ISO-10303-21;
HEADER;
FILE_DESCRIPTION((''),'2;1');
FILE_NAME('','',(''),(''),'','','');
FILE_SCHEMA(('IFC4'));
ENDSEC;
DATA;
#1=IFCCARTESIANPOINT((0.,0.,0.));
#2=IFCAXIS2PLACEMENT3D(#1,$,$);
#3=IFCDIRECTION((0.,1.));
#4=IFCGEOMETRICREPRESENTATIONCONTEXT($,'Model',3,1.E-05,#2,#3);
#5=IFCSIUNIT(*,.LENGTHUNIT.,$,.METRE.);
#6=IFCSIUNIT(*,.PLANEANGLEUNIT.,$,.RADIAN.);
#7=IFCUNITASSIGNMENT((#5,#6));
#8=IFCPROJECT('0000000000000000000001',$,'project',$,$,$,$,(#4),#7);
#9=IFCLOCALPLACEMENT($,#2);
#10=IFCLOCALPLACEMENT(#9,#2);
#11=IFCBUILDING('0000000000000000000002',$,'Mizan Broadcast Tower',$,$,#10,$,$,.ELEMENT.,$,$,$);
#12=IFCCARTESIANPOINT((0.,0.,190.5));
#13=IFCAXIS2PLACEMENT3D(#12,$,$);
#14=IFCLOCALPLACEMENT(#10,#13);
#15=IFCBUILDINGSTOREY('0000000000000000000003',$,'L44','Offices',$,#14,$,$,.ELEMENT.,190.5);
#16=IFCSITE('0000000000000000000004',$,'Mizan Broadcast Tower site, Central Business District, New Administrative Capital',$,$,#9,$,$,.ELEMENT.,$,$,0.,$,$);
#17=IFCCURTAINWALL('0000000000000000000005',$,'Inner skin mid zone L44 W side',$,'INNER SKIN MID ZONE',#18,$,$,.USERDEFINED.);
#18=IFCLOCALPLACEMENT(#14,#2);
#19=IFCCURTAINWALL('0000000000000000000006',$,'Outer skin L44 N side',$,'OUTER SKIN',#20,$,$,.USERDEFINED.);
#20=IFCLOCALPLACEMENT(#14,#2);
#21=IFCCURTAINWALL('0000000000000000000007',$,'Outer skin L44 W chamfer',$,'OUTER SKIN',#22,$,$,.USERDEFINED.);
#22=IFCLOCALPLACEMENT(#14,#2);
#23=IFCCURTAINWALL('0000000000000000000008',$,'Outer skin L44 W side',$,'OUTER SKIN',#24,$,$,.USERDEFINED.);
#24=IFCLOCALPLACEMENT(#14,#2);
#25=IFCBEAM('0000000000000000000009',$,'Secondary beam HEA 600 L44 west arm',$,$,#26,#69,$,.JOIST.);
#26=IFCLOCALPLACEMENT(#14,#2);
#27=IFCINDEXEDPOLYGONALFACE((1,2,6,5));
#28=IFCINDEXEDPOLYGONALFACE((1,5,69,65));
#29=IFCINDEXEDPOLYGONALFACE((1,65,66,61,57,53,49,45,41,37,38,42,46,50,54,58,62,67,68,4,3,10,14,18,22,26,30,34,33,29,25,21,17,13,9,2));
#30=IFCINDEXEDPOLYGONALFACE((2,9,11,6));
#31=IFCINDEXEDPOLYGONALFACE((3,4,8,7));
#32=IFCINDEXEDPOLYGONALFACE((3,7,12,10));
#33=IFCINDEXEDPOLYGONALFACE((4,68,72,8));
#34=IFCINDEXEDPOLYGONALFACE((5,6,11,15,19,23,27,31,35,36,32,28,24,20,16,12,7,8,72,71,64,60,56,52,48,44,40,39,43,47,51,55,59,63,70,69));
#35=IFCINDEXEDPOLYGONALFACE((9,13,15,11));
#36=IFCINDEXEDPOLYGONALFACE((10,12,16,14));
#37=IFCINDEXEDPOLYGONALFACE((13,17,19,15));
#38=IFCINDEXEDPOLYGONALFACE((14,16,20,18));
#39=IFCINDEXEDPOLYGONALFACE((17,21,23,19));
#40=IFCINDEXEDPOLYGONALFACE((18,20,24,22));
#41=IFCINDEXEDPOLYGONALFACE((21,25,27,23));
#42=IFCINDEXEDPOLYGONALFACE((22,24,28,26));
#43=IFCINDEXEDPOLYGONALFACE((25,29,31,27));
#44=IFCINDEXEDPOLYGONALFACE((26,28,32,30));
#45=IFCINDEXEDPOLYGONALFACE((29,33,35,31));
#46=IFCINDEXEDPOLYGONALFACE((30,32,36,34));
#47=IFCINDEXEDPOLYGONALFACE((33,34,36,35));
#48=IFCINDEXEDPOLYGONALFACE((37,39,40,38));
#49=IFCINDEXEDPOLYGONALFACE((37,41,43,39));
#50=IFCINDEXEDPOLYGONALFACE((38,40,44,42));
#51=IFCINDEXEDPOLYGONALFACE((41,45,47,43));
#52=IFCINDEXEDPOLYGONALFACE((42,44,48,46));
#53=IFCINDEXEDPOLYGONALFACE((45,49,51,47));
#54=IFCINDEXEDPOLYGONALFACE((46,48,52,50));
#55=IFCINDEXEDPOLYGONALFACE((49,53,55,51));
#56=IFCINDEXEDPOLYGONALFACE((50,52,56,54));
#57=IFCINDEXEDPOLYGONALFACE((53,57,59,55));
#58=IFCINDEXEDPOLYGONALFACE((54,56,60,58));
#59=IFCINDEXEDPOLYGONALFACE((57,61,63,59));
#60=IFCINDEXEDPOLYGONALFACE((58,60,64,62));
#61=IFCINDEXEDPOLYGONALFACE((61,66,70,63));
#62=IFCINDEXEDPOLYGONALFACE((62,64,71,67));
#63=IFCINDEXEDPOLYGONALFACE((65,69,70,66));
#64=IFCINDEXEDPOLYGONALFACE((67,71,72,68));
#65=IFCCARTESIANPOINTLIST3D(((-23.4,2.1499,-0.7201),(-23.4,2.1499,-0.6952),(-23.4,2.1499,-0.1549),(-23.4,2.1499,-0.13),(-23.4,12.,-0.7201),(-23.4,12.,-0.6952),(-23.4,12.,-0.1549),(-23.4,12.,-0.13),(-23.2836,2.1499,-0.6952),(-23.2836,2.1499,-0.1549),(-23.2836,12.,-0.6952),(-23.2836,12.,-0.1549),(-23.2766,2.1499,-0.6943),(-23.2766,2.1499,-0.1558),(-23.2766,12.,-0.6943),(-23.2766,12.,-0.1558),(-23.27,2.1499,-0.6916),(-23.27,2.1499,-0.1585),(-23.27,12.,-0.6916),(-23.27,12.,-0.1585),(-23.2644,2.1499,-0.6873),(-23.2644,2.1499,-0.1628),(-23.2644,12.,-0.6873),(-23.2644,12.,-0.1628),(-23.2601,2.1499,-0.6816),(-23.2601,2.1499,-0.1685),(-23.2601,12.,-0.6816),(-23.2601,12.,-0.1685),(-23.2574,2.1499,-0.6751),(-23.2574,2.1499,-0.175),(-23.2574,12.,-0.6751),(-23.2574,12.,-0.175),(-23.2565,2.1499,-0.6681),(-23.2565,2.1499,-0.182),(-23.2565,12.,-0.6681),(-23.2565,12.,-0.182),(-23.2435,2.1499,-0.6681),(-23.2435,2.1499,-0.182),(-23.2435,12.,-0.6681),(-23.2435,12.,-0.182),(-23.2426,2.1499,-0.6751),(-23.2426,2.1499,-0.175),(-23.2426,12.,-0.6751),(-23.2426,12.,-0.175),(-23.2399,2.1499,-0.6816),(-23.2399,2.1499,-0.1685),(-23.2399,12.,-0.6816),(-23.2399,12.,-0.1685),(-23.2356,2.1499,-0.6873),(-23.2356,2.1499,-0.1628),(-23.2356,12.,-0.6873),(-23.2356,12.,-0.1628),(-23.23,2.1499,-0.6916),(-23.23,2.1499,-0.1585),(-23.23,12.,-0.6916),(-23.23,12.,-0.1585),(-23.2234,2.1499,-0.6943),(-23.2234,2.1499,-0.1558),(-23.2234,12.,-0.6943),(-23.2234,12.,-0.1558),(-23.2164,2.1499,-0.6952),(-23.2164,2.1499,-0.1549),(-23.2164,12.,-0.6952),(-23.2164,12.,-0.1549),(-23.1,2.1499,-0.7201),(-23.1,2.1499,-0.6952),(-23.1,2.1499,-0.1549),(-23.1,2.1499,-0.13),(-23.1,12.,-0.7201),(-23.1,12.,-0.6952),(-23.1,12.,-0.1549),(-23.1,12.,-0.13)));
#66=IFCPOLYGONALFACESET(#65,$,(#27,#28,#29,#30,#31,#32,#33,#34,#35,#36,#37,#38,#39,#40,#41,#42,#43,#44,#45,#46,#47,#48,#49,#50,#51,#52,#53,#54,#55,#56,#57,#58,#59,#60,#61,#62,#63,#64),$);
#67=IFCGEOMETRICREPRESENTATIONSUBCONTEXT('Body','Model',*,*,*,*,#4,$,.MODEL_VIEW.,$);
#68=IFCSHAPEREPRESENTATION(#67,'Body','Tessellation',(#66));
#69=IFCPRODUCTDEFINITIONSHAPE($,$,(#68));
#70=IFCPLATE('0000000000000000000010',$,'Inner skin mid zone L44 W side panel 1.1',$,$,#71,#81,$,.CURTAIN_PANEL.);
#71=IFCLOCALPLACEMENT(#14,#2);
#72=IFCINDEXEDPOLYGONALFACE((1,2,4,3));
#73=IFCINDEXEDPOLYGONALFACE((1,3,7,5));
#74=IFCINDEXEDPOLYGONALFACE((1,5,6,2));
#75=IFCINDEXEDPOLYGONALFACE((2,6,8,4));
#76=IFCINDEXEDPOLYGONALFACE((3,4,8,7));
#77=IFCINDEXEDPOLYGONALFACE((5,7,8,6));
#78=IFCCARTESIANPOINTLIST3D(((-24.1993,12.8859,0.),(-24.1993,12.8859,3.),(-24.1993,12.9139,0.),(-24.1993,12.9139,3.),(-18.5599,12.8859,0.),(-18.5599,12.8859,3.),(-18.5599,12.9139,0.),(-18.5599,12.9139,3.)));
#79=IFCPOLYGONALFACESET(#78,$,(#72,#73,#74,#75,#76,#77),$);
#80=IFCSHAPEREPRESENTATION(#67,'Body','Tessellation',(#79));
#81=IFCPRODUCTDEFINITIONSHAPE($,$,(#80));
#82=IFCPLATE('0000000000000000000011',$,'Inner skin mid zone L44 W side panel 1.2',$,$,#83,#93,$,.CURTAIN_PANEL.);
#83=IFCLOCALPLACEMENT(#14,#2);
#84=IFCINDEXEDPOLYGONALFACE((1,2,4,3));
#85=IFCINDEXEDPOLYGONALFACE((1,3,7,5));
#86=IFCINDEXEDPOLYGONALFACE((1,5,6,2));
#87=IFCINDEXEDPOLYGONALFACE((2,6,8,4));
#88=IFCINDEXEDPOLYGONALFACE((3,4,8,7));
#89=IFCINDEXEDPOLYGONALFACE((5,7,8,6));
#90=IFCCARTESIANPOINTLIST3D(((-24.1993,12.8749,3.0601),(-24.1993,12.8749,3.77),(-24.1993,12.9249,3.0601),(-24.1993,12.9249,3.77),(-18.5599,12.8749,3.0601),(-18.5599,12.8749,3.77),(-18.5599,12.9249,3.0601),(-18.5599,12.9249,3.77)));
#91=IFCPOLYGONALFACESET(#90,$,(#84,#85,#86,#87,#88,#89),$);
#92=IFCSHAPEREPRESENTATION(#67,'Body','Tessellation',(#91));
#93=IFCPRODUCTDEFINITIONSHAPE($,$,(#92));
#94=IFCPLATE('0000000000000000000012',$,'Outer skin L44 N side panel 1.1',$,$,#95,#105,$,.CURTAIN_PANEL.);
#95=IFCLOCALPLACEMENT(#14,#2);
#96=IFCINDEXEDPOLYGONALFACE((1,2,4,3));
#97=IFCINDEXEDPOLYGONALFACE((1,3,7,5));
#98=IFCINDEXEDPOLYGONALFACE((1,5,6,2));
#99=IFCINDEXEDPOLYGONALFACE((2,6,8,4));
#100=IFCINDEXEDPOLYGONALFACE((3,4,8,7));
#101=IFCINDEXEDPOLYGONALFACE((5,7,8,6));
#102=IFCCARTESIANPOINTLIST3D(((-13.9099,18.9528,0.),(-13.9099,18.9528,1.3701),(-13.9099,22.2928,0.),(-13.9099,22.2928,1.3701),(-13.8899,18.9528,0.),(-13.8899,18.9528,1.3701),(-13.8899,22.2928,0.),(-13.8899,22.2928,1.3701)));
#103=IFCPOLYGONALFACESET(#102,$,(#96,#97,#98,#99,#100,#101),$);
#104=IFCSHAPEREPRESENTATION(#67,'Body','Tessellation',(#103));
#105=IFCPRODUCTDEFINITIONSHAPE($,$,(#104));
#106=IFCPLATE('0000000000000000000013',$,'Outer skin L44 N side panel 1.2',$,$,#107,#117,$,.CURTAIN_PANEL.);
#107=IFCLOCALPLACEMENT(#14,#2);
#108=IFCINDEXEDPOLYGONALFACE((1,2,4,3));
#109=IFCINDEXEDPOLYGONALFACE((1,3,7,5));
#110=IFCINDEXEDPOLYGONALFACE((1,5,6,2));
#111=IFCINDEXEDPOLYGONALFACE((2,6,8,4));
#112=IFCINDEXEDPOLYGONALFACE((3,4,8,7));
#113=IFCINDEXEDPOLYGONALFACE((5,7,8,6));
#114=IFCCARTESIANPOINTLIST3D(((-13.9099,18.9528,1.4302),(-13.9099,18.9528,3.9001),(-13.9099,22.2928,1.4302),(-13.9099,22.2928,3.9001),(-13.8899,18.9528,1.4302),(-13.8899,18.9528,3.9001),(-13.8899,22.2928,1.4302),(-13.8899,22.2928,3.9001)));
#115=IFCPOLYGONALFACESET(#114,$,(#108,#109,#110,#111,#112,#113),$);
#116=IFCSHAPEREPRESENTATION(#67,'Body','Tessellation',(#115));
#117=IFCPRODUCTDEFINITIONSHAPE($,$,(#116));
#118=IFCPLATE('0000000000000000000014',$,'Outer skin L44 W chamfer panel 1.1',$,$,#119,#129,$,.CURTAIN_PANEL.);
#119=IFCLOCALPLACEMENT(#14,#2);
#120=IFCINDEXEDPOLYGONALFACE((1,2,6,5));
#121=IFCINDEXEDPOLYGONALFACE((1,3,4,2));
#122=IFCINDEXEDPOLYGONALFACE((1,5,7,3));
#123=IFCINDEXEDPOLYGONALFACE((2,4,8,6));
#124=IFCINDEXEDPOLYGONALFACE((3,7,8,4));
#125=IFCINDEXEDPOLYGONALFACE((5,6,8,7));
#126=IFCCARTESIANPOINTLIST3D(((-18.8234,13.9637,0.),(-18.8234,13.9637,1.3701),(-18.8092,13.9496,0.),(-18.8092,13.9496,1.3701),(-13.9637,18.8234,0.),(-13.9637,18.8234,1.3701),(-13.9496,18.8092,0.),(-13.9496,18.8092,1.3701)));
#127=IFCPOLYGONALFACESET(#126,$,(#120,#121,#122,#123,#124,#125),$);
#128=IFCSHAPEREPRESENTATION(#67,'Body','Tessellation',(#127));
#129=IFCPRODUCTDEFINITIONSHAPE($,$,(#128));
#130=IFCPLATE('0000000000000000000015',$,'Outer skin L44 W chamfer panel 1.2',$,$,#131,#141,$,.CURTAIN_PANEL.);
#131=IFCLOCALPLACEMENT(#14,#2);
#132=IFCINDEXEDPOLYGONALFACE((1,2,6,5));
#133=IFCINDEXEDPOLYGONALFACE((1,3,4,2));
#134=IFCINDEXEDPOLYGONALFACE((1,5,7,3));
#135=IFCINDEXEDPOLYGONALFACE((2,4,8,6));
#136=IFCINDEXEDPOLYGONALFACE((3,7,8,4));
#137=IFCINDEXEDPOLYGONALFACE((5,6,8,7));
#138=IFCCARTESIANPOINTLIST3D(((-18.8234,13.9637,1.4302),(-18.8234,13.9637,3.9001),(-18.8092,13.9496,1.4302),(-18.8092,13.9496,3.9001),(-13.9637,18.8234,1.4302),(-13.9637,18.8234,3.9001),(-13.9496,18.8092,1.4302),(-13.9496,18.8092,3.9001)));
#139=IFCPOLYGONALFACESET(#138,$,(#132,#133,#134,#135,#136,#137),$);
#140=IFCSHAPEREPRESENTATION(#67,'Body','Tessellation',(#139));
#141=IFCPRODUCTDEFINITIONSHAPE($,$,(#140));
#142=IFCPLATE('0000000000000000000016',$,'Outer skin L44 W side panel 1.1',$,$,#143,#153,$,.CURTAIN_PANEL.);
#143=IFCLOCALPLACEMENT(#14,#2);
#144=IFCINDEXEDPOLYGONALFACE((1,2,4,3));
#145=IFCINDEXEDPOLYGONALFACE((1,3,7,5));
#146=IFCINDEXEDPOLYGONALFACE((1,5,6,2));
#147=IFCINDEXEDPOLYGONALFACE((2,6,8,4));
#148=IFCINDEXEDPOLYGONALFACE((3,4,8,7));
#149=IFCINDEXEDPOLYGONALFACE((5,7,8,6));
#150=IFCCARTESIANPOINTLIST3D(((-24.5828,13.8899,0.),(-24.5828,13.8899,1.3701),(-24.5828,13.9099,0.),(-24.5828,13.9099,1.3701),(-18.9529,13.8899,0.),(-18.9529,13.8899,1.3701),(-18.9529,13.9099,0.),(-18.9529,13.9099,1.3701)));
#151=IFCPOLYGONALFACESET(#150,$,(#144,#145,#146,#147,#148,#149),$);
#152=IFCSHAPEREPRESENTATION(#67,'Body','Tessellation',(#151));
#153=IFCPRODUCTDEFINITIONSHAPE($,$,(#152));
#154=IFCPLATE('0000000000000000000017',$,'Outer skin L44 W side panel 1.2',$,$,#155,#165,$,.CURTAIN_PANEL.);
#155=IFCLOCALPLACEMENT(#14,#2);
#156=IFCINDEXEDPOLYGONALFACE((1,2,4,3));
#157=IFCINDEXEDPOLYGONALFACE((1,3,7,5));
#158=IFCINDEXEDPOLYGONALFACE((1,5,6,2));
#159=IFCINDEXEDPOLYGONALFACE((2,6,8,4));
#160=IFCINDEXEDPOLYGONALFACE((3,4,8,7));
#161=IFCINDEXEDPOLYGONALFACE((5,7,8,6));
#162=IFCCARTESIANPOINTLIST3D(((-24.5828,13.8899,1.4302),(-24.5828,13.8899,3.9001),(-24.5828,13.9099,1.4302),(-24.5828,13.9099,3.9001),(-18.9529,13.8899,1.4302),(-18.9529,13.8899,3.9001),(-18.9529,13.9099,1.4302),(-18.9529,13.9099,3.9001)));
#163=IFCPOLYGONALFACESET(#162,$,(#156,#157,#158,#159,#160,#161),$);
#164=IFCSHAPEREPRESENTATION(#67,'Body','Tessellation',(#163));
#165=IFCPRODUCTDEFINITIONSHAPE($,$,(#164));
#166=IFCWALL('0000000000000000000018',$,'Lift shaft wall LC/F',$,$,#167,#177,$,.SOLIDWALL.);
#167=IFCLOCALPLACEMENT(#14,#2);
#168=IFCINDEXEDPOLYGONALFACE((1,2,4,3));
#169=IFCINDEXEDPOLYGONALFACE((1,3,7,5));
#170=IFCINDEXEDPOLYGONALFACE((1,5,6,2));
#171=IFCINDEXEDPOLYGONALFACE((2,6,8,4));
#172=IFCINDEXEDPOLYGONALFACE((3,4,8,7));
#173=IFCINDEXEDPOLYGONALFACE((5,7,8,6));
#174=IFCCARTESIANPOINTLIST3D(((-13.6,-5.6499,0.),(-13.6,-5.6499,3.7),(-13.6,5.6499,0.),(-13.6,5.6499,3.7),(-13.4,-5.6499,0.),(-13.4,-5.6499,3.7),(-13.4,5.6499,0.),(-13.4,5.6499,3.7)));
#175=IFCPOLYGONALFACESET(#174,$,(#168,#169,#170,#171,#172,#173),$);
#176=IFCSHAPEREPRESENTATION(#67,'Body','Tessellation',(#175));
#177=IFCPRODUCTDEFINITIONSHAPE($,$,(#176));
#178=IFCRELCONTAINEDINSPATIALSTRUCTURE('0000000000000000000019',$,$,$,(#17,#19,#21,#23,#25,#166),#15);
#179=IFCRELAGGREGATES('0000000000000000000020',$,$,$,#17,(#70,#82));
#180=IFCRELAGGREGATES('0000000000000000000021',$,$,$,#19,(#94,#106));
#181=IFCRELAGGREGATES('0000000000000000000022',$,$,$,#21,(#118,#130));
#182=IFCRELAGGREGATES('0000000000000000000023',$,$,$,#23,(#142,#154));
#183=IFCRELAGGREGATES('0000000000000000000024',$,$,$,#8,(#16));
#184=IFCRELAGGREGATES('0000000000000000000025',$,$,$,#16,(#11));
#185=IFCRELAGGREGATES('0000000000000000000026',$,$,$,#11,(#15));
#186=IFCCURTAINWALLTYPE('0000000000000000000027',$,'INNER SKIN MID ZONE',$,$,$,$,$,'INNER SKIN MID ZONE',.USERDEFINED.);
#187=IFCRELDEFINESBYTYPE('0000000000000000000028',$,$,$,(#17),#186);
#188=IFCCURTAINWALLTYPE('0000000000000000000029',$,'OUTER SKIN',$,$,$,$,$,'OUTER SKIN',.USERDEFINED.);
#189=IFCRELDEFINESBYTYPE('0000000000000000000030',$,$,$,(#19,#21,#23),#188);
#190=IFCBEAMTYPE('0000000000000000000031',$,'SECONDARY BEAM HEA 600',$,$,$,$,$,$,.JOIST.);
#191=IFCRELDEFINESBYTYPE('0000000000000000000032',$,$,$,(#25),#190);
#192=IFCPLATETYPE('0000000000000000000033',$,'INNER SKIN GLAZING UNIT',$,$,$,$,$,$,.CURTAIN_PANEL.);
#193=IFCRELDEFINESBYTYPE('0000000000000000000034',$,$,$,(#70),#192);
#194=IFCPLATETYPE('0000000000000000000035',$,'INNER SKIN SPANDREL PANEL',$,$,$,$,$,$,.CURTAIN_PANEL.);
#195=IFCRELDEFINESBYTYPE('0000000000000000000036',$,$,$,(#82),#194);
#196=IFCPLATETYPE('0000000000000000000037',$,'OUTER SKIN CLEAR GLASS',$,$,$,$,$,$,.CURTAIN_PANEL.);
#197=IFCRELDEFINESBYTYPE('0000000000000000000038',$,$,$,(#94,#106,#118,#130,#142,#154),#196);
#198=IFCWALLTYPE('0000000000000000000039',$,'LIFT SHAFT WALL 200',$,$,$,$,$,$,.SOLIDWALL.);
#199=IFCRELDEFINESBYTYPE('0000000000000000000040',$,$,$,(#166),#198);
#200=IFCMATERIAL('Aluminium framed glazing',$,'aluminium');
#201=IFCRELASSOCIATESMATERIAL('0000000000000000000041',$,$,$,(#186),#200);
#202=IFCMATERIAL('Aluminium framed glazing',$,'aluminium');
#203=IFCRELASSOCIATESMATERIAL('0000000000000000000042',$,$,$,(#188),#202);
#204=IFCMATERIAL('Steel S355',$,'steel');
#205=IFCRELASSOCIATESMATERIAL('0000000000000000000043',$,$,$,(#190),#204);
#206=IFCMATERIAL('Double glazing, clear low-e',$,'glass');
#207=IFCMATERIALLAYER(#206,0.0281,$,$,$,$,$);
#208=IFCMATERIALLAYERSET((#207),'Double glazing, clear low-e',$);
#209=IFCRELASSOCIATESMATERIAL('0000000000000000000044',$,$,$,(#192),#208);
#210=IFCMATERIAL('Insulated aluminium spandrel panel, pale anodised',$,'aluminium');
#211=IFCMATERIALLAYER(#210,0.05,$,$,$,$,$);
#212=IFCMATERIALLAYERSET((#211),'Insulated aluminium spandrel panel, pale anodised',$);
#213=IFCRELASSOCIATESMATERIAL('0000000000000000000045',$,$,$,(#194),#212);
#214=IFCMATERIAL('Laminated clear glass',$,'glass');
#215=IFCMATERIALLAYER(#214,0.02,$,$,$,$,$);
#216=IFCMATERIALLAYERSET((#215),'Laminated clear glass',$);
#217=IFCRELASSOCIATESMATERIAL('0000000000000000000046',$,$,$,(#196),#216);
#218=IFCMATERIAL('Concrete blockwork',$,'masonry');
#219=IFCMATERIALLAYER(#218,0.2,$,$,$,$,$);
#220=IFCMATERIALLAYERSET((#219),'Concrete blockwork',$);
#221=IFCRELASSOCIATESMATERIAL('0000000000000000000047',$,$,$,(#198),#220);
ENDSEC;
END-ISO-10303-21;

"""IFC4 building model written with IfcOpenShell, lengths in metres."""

from ifc_helpers import new_model, si_unit, direction, frame, frame_2d, origin, origin_2d, place, context, subcontext, project, spatial, rectangle, i_section, extrude, material, layer, layer_set, material_profile, profile_set, type_object, element, aggregate, save


model = new_model("IFC4")

# Units and contexts
model_context = context("Model", 3, precision=1e-05, world=origin(), true_north=direction((0.0, 1.0)))
body_context = subcontext(model_context, "Body", "Model", "MODEL_VIEW")
ifc_project = project(units=[si_unit("LENGTHUNIT", "METRE"), si_unit("PLANEANGLEUNIT", "RADIAN")], contexts=[model_context])

# Site, building, storey
site_placement = place(None, origin())
site = spatial("IfcSite", under=ifc_project, at=site_placement, Name="Mizan Broadcast Tower site, Central Business District, New Administrative Capital", CompositionType="ELEMENT", RefElevation=0.0)
building_placement = place(site_placement, origin())
building = spatial("IfcBuilding", under=site, at=building_placement, Name="Mizan Broadcast Tower", CompositionType="ELEMENT")
storey_placement = place(building_placement, frame((0.0, 0.0, 190.5)))
storey = spatial("IfcBuildingStorey", under=building, at=storey_placement, Name="L44", Description="Offices", CompositionType="ELEMENT", Elevation=190.5)

# Curtain wall
ifc_material_1 = material(Name="Aluminium framed glazing", Category="aluminium")
curtain_wall_type_1 = type_object("IfcCurtainWallType", Name="INNER SKIN MID ZONE", ElementType="INNER SKIN MID ZONE", PredefinedType="USERDEFINED", material=ifc_material_1)
curtain_wall_1_placement = place(storey_placement, origin())
curtain_wall_1 = element("IfcCurtainWall", 1, at=curtain_wall_1_placement, inside=storey, type_object=curtain_wall_type_1, Name="Inner skin mid zone L44 W side", ObjectType="INNER SKIN MID ZONE", PredefinedType="USERDEFINED")

# Curtain walls
ifc_material_2 = material(Name="Aluminium framed glazing", Category="aluminium")
curtain_wall_type_2 = type_object("IfcCurtainWallType", Name="OUTER SKIN", ElementType="OUTER SKIN", PredefinedType="USERDEFINED", material=ifc_material_2)
curtain_wall_2_placement = place(storey_placement, origin())
curtain_wall_2 = element("IfcCurtainWall", 2, at=curtain_wall_2_placement, inside=storey, type_object=curtain_wall_type_2, Name="Outer skin L44 N side", ObjectType="OUTER SKIN", PredefinedType="USERDEFINED")
curtain_wall_3_placement = place(storey_placement, origin())
curtain_wall_3 = element("IfcCurtainWall", 3, at=curtain_wall_3_placement, inside=storey, type_object=curtain_wall_type_2, Name="Outer skin L44 W chamfer", ObjectType="OUTER SKIN", PredefinedType="USERDEFINED")
curtain_wall_4_placement = place(storey_placement, origin())
curtain_wall_4 = element("IfcCurtainWall", 4, at=curtain_wall_4_placement, inside=storey, type_object=curtain_wall_type_2, Name="Outer skin L44 W side", ObjectType="OUTER SKIN", PredefinedType="USERDEFINED")

# Beam
ifc_material_3 = material(Name="Steel S355", Category="steel")
ifc_material_profile_1 = material_profile(ifc_material_3, i_section(OverallWidth=0.3, OverallDepth=0.5901, WebThickness=0.0129, FlangeThickness=0.0249, FilletRadius=0.0271, at=origin_2d()), Name="HEA 600")
ifc_profile_set_1 = profile_set([ifc_material_profile_1], Name="Steel S355")
beam_type_1 = type_object("IfcBeamType", Name="SECONDARY BEAM HEA 600", PredefinedType="JOIST", material=ifc_profile_set_1)
for number, where, z_axis, x_axis, name in (
    (5, (-23.25, 12.0, -0.425), (0.0, -1.0, 0.0), (1.0, 0.0, 0.0), "Secondary beam HEA 600 L44 west arm"),
):
    element("IfcBeam", number, at=place(storey_placement, frame(where, z_axis=z_axis, x_axis=x_axis)), inside=storey, type_object=beam_type_1, Name=name, PredefinedType="JOIST", context=body_context, shape_type="SweptSolid", body=[
        extrude(i_section(OverallWidth=0.3, OverallDepth=0.5901, WebThickness=0.0129, FlangeThickness=0.0249, FilletRadius=0.0271, at=origin_2d()), origin(), (0.0, 0.0, 1.0), 9.8501),
    ])

# Plates
ifc_material_4 = material(Name="Double glazing, clear low-e", Category="glass")
ifc_layer_1 = layer(ifc_material_4, 0.0281)
ifc_layer_set_1 = layer_set([ifc_layer_1], Name="Double glazing, clear low-e")
plate_type_1 = type_object("IfcPlateType", Name="INNER SKIN GLAZING UNIT", PredefinedType="CURTAIN_PANEL", material=ifc_layer_set_1)
plate_1_placement = place(storey_placement, frame((-21.3796, 12.8999, 0.0), z_axis=(0.0, 0.0, 1.0), x_axis=(-1.0, 0.0, 0.0)))
plate_1 = element("IfcPlate", 6, at=plate_1_placement, type_object=plate_type_1, Name="Inner skin mid zone L44 W side panel 1.1", PredefinedType="CURTAIN_PANEL", context=body_context, shape_type="SweptSolid", body=[
    extrude(rectangle(XDim=5.6394, YDim=0.0281, at=origin_2d()), origin(), (0.0, 0.0, 1.0), 3.0),
])
ifc_material_5 = material(Name="Insulated aluminium spandrel panel, pale anodised", Category="aluminium")
ifc_layer_2 = layer(ifc_material_5, 0.05)
ifc_layer_set_2 = layer_set([ifc_layer_2], Name="Insulated aluminium spandrel panel, pale anodised")
plate_type_2 = type_object("IfcPlateType", Name="INNER SKIN SPANDREL PANEL", PredefinedType="CURTAIN_PANEL", material=ifc_layer_set_2)
plate_2_placement = place(storey_placement, frame((-21.3796, 12.8999, 3.0601), z_axis=(0.0, 0.0, 1.0), x_axis=(-1.0, 0.0, 0.0)))
plate_2 = element("IfcPlate", 7, at=plate_2_placement, type_object=plate_type_2, Name="Inner skin mid zone L44 W side panel 1.2", PredefinedType="CURTAIN_PANEL", context=body_context, shape_type="SweptSolid", body=[
    extrude(rectangle(XDim=5.6394, YDim=0.05, at=origin_2d()), origin(), (0.0, 0.0, 1.0), 0.71),
])
aggregate(curtain_wall_1, [plate_1, plate_2])
ifc_material_6 = material(Name="Laminated clear glass", Category="glass")
ifc_layer_3 = layer(ifc_material_6, 0.02)
ifc_layer_set_3 = layer_set([ifc_layer_3], Name="Laminated clear glass")
plate_type_3 = type_object("IfcPlateType", Name="OUTER SKIN CLEAR GLASS", PredefinedType="CURTAIN_PANEL", material=ifc_layer_set_3)
plate_3_placement = place(storey_placement, frame((-13.8999, 20.6228, 0.0), z_axis=(0.0, 0.0, 1.0), x_axis=(0.0, -1.0, 0.0)))
plate_3 = element("IfcPlate", 8, at=plate_3_placement, type_object=plate_type_3, Name="Outer skin L44 N side panel 1.1", PredefinedType="CURTAIN_PANEL", context=body_context, shape_type="SweptSolid", body=[
    extrude(rectangle(XDim=3.3401, YDim=0.02, at=origin_2d()), origin(), (0.0, 0.0, 1.0), 1.3701),
])
plate_4_placement = place(storey_placement, frame((-13.8999, 20.6228, 1.4302), z_axis=(0.0, 0.0, 1.0), x_axis=(0.0, -1.0, 0.0)))
plate_4 = element("IfcPlate", 9, at=plate_4_placement, type_object=plate_type_3, Name="Outer skin L44 N side panel 1.2", PredefinedType="CURTAIN_PANEL", context=body_context, shape_type="SweptSolid", body=[
    extrude(rectangle(XDim=3.3401, YDim=0.02, at=origin_2d()), origin(), (0.0, 0.0, 1.0), 2.47),
])
aggregate(curtain_wall_2, [plate_3, plate_4])
plate_5_placement = place(storey_placement, frame((-16.3865, 16.3865, 0.0), z_axis=(0.0, 0.0, 1.0), x_axis=(-0.707107, -0.707107, 0.0)))
plate_5 = element("IfcPlate", 10, at=plate_5_placement, type_object=plate_type_3, Name="Outer skin L44 W chamfer panel 1.1", PredefinedType="CURTAIN_PANEL", context=body_context, shape_type="SweptSolid", body=[
    extrude(rectangle(XDim=6.8726, YDim=0.02, at=origin_2d()), origin(), (0.0, 0.0, 1.0), 1.3701),
])
plate_6_placement = place(storey_placement, frame((-16.3865, 16.3865, 1.4302), z_axis=(0.0, 0.0, 1.0), x_axis=(-0.707107, -0.707107, 0.0)))
plate_6 = element("IfcPlate", 11, at=plate_6_placement, type_object=plate_type_3, Name="Outer skin L44 W chamfer panel 1.2", PredefinedType="CURTAIN_PANEL", context=body_context, shape_type="SweptSolid", body=[
    extrude(rectangle(XDim=6.8726, YDim=0.02, at=origin_2d()), origin(), (0.0, 0.0, 1.0), 2.47),
])
aggregate(curtain_wall_3, [plate_5, plate_6])
plate_7_placement = place(storey_placement, frame((-21.7678, 13.8999, 0.0), z_axis=(0.0, 0.0, 1.0), x_axis=(-1.0, 0.0, 0.0)))
plate_7 = element("IfcPlate", 12, at=plate_7_placement, type_object=plate_type_3, Name="Outer skin L44 W side panel 1.1", PredefinedType="CURTAIN_PANEL", context=body_context, shape_type="SweptSolid", body=[
    extrude(rectangle(XDim=5.6299, YDim=0.02, at=origin_2d()), origin(), (0.0, 0.0, 1.0), 1.3701),
])
plate_8_placement = place(storey_placement, frame((-21.7678, 13.8999, 1.4302), z_axis=(0.0, 0.0, 1.0), x_axis=(-1.0, 0.0, 0.0)))
plate_8 = element("IfcPlate", 13, at=plate_8_placement, type_object=plate_type_3, Name="Outer skin L44 W side panel 1.2", PredefinedType="CURTAIN_PANEL", context=body_context, shape_type="SweptSolid", body=[
    extrude(rectangle(XDim=5.6299, YDim=0.02, at=origin_2d()), origin(), (0.0, 0.0, 1.0), 2.47),
])
aggregate(curtain_wall_4, [plate_7, plate_8])

# Wall
ifc_material_7 = material(Name="Concrete blockwork", Category="masonry")
ifc_layer_4 = layer(ifc_material_7, 0.2)
ifc_layer_set_4 = layer_set([ifc_layer_4], Name="Concrete blockwork")
wall_type_1 = type_object("IfcWallType", Name="LIFT SHAFT WALL 200", PredefinedType="SOLIDWALL", material=ifc_layer_set_4)
wall_1_placement = place(storey_placement, frame((-13.5, 5.6499, 0.0), z_axis=(0.0, 0.0, 1.0), x_axis=(0.0, -1.0, 0.0)))
element("IfcWall", 14, at=wall_1_placement, inside=storey, type_object=wall_type_1, Name="Lift shaft wall LC/F", PredefinedType="SOLIDWALL", context=body_context, shape_type="SweptSolid", body=[
    extrude(rectangle(XDim=11.2998, YDim=0.2, at=frame_2d((5.6499, 0.0))), origin(), (0.0, 0.0, 1.0), 3.7),
])

save(model, "model.ifc")
